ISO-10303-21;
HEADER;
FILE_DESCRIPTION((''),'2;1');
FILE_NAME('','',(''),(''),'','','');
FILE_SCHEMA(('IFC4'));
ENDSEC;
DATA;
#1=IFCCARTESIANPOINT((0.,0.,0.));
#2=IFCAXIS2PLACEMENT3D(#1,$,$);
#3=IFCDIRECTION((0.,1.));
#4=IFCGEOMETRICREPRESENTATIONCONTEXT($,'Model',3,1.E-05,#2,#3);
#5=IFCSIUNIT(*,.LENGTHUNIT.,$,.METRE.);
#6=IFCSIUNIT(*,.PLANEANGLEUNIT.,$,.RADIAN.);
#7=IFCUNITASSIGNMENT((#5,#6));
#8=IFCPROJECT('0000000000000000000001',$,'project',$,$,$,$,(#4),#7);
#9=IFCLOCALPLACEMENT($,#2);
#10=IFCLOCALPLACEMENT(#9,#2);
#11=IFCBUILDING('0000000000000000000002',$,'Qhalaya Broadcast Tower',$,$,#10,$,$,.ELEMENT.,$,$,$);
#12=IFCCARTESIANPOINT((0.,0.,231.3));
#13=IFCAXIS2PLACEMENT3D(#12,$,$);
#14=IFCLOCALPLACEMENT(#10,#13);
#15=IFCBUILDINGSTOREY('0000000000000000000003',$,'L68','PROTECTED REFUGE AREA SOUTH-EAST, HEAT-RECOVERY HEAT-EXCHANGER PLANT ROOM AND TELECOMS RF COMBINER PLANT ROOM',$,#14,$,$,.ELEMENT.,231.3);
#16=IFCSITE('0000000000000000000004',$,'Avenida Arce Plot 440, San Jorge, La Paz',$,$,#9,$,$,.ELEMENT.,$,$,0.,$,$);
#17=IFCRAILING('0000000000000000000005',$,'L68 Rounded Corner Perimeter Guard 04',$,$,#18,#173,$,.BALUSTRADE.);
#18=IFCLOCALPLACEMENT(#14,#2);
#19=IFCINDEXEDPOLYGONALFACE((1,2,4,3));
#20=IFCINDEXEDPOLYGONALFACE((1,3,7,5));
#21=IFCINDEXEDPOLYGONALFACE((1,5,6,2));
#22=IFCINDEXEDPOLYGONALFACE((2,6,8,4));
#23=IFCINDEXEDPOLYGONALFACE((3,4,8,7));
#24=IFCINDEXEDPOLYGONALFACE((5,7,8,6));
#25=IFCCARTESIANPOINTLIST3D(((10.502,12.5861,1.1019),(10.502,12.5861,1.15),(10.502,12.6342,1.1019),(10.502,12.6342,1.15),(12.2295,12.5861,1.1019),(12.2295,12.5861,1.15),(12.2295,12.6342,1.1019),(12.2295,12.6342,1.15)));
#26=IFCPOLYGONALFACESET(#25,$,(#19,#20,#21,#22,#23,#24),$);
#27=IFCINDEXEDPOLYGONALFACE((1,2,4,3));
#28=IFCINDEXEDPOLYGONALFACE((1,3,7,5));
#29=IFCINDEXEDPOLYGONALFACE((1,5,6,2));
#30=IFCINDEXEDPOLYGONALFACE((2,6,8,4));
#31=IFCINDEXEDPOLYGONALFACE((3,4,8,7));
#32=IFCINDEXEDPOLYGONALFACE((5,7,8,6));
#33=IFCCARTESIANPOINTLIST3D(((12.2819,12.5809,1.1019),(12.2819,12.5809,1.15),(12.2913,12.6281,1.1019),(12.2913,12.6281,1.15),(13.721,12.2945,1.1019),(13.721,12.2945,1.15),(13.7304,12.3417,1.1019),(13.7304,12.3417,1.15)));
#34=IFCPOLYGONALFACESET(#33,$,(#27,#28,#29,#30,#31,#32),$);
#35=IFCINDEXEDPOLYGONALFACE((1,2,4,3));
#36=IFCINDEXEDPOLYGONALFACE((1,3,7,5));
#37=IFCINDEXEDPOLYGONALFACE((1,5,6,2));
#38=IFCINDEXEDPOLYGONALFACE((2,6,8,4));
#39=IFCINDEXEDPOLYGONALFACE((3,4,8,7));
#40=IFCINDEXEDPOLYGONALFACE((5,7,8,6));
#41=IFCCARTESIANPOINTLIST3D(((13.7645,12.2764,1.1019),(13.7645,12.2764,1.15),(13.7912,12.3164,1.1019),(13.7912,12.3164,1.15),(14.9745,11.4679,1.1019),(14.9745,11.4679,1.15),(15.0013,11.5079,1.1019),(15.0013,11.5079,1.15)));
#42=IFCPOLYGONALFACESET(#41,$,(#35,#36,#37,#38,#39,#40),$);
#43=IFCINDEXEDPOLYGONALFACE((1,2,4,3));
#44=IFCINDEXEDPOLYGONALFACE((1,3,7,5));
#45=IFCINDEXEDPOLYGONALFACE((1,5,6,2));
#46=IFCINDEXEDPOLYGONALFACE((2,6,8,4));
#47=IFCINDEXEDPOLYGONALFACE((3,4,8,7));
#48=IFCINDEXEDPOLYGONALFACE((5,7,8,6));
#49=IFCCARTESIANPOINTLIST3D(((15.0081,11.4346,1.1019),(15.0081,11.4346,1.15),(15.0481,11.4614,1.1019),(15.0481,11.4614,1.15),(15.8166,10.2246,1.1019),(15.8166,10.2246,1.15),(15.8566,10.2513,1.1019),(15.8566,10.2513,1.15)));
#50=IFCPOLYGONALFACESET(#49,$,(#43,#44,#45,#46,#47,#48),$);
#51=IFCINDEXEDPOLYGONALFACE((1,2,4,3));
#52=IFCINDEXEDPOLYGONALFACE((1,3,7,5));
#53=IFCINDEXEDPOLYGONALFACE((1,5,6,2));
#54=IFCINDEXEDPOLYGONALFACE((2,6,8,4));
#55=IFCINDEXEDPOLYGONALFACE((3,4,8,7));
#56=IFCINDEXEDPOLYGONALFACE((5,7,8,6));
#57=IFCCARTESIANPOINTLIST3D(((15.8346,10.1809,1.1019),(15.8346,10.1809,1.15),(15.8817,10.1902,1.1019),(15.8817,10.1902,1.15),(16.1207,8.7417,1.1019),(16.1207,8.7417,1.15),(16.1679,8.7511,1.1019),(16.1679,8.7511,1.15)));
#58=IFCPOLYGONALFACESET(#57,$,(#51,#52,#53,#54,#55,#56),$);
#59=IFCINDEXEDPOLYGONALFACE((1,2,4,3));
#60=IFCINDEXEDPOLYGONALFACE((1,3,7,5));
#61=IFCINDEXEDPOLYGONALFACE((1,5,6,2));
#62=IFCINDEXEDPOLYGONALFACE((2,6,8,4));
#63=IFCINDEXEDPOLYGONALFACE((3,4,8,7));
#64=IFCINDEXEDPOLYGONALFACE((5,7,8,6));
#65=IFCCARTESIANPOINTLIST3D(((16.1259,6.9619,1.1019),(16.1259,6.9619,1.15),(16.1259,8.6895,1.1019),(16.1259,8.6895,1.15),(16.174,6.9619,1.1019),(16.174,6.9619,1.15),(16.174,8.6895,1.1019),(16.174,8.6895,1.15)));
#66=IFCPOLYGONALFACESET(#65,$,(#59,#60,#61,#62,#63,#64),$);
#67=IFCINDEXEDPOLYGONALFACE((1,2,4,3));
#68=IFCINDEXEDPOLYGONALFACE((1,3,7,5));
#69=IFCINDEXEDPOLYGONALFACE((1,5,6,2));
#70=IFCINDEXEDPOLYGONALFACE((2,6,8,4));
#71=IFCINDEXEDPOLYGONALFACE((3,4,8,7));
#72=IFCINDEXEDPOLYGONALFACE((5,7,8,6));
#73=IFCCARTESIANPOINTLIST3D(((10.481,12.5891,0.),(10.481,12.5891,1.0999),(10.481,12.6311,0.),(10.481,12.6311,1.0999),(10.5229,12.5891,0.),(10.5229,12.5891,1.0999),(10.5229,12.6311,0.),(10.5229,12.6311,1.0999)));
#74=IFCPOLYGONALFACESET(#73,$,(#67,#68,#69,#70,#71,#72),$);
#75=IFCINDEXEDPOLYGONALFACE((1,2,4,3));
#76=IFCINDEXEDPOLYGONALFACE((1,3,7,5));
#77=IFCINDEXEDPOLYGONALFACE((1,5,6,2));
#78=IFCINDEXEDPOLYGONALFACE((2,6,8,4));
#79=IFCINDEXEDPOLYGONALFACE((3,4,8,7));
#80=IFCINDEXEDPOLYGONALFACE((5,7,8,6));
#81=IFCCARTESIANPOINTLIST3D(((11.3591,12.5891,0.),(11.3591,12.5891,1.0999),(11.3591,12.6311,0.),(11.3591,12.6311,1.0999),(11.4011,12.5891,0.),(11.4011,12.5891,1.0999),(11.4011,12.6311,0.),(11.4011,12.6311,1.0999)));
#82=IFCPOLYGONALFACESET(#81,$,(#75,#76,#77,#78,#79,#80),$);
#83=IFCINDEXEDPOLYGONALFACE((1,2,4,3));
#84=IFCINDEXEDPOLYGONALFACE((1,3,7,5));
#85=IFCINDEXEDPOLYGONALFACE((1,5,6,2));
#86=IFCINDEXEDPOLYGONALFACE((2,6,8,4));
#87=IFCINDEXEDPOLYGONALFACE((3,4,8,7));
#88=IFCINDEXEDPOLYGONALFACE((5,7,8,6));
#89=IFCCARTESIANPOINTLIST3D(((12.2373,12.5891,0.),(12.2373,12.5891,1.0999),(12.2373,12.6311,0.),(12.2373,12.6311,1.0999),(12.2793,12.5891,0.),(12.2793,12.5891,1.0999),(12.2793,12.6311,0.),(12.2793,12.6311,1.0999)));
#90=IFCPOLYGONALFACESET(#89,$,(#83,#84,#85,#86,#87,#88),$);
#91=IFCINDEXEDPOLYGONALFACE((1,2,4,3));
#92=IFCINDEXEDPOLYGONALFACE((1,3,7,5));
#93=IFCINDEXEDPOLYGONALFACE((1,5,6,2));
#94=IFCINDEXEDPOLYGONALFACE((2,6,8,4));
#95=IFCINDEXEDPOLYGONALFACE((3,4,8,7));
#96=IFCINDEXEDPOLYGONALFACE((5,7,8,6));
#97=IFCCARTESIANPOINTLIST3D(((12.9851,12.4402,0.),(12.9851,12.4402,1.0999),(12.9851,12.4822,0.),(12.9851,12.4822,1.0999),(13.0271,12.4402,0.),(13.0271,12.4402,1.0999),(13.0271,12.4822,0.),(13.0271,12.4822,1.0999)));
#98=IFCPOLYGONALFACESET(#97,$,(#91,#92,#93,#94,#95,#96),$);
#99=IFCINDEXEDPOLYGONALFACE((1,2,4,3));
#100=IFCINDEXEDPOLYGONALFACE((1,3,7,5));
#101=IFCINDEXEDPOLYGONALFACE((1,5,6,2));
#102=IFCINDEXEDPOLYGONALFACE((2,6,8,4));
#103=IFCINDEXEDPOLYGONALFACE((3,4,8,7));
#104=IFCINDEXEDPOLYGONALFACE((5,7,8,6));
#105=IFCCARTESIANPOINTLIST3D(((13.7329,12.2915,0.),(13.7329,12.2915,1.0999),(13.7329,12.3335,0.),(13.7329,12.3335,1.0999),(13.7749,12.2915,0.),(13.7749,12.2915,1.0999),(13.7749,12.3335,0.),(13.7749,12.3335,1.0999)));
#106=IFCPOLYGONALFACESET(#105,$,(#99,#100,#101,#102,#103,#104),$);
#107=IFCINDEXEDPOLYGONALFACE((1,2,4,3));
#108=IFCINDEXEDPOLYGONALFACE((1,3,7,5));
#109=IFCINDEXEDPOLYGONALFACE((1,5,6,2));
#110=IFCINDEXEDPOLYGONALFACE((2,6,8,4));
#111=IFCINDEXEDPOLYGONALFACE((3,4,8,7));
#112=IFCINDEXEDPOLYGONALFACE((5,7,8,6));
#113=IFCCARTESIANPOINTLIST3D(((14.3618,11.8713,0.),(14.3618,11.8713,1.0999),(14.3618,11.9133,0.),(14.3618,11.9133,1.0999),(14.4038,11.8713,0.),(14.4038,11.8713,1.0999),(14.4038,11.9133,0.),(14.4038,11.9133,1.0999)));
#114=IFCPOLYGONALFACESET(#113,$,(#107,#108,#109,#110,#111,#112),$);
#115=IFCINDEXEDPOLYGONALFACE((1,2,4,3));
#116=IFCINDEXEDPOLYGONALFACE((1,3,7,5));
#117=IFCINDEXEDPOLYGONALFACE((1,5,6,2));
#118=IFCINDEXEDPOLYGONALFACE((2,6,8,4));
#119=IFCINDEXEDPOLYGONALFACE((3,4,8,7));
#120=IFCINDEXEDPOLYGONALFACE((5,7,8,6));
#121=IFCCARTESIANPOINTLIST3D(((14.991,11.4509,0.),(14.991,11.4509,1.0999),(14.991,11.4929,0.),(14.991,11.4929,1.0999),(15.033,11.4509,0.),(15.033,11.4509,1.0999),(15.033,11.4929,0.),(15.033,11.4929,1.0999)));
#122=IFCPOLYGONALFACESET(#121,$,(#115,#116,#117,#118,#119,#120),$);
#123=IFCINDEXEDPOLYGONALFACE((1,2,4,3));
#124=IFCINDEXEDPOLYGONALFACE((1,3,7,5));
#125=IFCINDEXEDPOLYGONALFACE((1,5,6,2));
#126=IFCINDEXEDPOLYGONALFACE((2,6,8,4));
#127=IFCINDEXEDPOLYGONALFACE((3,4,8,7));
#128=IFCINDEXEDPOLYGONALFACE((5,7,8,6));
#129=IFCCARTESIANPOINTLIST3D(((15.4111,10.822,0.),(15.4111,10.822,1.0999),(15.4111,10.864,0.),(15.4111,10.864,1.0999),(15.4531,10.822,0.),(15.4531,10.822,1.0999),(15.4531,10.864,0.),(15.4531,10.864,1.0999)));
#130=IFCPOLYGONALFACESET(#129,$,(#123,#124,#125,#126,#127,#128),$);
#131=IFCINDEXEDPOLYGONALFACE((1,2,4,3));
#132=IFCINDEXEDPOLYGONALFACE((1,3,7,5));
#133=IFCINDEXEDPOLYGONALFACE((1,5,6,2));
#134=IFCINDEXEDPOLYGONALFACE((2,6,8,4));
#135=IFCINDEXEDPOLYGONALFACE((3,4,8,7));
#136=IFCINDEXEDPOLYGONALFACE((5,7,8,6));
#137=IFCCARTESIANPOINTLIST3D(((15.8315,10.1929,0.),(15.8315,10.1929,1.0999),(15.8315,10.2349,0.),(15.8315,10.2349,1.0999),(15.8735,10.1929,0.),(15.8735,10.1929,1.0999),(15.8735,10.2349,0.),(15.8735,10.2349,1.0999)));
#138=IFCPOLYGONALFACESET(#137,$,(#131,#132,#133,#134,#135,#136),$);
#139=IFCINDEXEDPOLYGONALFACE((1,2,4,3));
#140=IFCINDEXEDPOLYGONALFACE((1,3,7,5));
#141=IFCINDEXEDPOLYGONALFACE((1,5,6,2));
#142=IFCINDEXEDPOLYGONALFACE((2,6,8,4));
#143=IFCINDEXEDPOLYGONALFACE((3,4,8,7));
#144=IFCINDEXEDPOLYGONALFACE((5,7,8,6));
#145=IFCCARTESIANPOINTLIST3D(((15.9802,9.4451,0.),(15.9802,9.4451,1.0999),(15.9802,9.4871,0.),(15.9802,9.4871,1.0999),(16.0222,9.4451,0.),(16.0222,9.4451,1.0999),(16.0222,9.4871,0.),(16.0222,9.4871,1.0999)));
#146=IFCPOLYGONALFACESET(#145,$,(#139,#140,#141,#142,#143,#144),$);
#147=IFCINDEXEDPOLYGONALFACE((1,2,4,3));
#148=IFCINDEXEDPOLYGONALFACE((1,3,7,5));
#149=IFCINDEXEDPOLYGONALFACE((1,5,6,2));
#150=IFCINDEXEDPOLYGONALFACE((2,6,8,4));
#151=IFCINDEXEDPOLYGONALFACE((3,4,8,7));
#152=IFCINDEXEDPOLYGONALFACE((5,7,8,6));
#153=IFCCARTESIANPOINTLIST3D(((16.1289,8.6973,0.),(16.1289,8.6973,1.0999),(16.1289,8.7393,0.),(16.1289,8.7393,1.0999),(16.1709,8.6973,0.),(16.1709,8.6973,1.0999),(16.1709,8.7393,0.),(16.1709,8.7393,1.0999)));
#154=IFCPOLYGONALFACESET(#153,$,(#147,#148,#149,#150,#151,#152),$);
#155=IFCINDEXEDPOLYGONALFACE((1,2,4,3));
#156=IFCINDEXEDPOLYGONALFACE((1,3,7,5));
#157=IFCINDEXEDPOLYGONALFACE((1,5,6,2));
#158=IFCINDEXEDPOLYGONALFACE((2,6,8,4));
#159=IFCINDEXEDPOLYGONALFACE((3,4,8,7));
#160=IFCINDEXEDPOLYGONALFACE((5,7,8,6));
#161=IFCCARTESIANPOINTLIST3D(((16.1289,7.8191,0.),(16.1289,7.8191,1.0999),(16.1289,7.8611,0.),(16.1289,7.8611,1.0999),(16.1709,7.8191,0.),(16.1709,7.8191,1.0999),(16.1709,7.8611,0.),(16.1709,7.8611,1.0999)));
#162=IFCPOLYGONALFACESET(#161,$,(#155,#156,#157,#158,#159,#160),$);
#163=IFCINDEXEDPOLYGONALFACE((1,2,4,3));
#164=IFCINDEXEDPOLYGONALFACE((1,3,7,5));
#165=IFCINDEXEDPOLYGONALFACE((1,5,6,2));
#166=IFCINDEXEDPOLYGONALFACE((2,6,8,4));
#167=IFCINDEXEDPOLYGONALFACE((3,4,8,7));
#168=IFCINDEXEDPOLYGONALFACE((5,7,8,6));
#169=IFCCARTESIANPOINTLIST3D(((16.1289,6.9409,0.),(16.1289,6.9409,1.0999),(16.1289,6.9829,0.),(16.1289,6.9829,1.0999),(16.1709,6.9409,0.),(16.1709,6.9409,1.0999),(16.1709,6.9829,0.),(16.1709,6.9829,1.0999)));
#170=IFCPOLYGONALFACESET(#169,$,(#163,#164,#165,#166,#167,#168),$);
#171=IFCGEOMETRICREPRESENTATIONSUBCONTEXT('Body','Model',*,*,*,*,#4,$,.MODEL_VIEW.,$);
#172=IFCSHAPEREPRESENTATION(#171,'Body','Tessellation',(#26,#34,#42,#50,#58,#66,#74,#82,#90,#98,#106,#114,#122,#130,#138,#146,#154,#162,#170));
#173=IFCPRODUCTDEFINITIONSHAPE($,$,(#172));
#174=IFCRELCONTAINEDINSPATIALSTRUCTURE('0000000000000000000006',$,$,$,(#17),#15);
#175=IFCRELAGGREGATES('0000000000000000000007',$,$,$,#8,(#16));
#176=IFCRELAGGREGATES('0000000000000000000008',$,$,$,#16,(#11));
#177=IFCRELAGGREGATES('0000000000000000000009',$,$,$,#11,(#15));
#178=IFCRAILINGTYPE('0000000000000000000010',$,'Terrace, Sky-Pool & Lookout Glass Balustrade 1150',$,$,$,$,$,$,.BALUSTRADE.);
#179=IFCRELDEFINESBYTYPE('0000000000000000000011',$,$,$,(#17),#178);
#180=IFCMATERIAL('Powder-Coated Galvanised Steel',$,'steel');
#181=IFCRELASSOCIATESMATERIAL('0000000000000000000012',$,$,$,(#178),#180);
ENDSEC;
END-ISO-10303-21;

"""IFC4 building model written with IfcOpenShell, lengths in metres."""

from ifc_helpers import new_model, si_unit, direction, frame, origin, origin_2d, place, context, subcontext, project, spatial, rectangle, extrude, material, type_object, element, save


model = new_model("IFC4")

# Units and contexts
model_context = context("Model", 3, precision=1e-05, world=origin(), true_north=direction((0.0, 1.0)))
body_context = subcontext(model_context, "Body", "Model", "MODEL_VIEW")
ifc_project = project(units=[si_unit("LENGTHUNIT", "METRE"), si_unit("PLANEANGLEUNIT", "RADIAN")], contexts=[model_context])

# Site, building, storey
site_placement = place(None, origin())
site = spatial("IfcSite", under=ifc_project, at=site_placement, Name="Avenida Arce Plot 440, San Jorge, La Paz", CompositionType="ELEMENT", RefElevation=0.0)
building_placement = place(site_placement, origin())
building = spatial("IfcBuilding", under=site, at=building_placement, Name="Qhalaya Broadcast Tower", CompositionType="ELEMENT")
storey_placement = place(building_placement, frame((0.0, 0.0, 231.3)))
storey = spatial("IfcBuildingStorey", under=building, at=storey_placement, Name="L68", Description="PROTECTED REFUGE AREA SOUTH-EAST, HEAT-RECOVERY HEAT-EXCHANGER PLANT ROOM AND TELECOMS RF COMBINER PLANT ROOM", CompositionType="ELEMENT", Elevation=231.3)

# Railing
ifc_material_1 = material(Name="Powder-Coated Galvanised Steel", Category="steel")
railing_type = type_object("IfcRailingType", Name="Terrace, Sky-Pool & Lookout Glass Balustrade 1150", PredefinedType="BALUSTRADE", material=ifc_material_1)
railing_1_placement = place(storey_placement, frame((10.502, 12.6101, 0.0)))
element("IfcRailing", 1, at=railing_1_placement, inside=storey, type_object=railing_type, Name="L68 Rounded Corner Perimeter Guard 04", PredefinedType="BALUSTRADE", context=body_context, shape_type="SweptSolid", body=[
    extrude(rectangle(XDim=0.0481, YDim=0.0481, at=origin_2d()), frame((0.0, 0.0, 1.126), z_axis=(1.0, 0.0, 0.0), x_axis=(0.0, 1.0, 0.0)), (0.0, 0.0, 1.0), 1.7275),
    extrude(rectangle(XDim=0.0481, YDim=0.0481, at=origin_2d()), frame((1.7847, -0.0056, 1.126), z_axis=(0.980771, -0.195162, 0.0), x_axis=(0.195162, 0.980771, 0.0)), (0.0, 0.0, 1.0), 1.4673),
    extrude(rectangle(XDim=0.0481, YDim=0.0481, at=origin_2d()), frame((3.2759, -0.3137, 1.126), z_axis=(0.831479, -0.555556, 0.0), x_axis=(0.555556, 0.831479, 0.0)), (0.0, 0.0, 1.0), 1.4553),
    extrude(rectangle(XDim=0.0481, YDim=0.0481, at=origin_2d()), frame((4.5261, -1.1621, 1.126), z_axis=(0.555556, -0.831479, 0.0), x_axis=(0.831479, 0.555556, 0.0)), (0.0, 0.0, 1.0), 1.4553),
    extrude(rectangle(XDim=0.0481, YDim=0.0481, at=origin_2d()), frame((5.3562, -2.4246, 1.126), z_axis=(0.195008, -0.980802, 0.0), x_axis=(0.980802, 0.195008, 0.0)), (0.0, 0.0, 1.0), 1.4673),
    extrude(rectangle(XDim=0.0481, YDim=0.0481, at=origin_2d()), frame((5.6479, -3.9207, 1.126), z_axis=(0.0, -1.0, 0.0), x_axis=(1.0, 0.0, 0.0)), (0.0, 0.0, 1.0), 1.7275),
    extrude(rectangle(XDim=0.042, YDim=0.042, at=origin_2d()), origin(), (0.0, 0.0, 1.0), 1.0999),
    extrude(rectangle(XDim=0.042, YDim=0.042, at=origin_2d()), frame((0.8782, 0.0, 0.0)), (0.0, 0.0, 1.0), 1.0999),
    extrude(rectangle(XDim=0.042, YDim=0.042, at=origin_2d()), frame((1.7563, 0.0, 0.0)), (0.0, 0.0, 1.0), 1.0999),
    extrude(rectangle(XDim=0.042, YDim=0.042, at=origin_2d()), frame((2.5042, -0.1489, 0.0)), (0.0, 0.0, 1.0), 1.0999),
    extrude(rectangle(XDim=0.042, YDim=0.042, at=origin_2d()), frame((3.252, -0.2976, 0.0)), (0.0, 0.0, 1.0), 1.0999),
    extrude(rectangle(XDim=0.042, YDim=0.042, at=origin_2d()), frame((3.8809, -0.7178, 0.0)), (0.0, 0.0, 1.0), 1.0999),
    extrude(rectangle(XDim=0.042, YDim=0.042, at=origin_2d()), frame((4.51, -1.1382, 0.0)), (0.0, 0.0, 1.0), 1.0999),
    extrude(rectangle(XDim=0.042, YDim=0.042, at=origin_2d()), frame((4.9302, -1.7671, 0.0)), (0.0, 0.0, 1.0), 1.0999),
    extrude(rectangle(XDim=0.042, YDim=0.042, at=origin_2d()), frame((5.3506, -2.3962, 0.0)), (0.0, 0.0, 1.0), 1.0999),
    extrude(rectangle(XDim=0.042, YDim=0.042, at=origin_2d()), frame((5.4993, -3.144, 0.0)), (0.0, 0.0, 1.0), 1.0999),
    extrude(rectangle(XDim=0.042, YDim=0.042, at=origin_2d()), frame((5.6479, -3.8918, 0.0)), (0.0, 0.0, 1.0), 1.0999),
    extrude(rectangle(XDim=0.042, YDim=0.042, at=origin_2d()), frame((5.6479, -4.77, 0.0)), (0.0, 0.0, 1.0), 1.0999),
    extrude(rectangle(XDim=0.042, YDim=0.042, at=origin_2d()), frame((5.6479, -5.6482, 0.0)), (0.0, 0.0, 1.0), 1.0999),
])

save(model, "model.ifc")
